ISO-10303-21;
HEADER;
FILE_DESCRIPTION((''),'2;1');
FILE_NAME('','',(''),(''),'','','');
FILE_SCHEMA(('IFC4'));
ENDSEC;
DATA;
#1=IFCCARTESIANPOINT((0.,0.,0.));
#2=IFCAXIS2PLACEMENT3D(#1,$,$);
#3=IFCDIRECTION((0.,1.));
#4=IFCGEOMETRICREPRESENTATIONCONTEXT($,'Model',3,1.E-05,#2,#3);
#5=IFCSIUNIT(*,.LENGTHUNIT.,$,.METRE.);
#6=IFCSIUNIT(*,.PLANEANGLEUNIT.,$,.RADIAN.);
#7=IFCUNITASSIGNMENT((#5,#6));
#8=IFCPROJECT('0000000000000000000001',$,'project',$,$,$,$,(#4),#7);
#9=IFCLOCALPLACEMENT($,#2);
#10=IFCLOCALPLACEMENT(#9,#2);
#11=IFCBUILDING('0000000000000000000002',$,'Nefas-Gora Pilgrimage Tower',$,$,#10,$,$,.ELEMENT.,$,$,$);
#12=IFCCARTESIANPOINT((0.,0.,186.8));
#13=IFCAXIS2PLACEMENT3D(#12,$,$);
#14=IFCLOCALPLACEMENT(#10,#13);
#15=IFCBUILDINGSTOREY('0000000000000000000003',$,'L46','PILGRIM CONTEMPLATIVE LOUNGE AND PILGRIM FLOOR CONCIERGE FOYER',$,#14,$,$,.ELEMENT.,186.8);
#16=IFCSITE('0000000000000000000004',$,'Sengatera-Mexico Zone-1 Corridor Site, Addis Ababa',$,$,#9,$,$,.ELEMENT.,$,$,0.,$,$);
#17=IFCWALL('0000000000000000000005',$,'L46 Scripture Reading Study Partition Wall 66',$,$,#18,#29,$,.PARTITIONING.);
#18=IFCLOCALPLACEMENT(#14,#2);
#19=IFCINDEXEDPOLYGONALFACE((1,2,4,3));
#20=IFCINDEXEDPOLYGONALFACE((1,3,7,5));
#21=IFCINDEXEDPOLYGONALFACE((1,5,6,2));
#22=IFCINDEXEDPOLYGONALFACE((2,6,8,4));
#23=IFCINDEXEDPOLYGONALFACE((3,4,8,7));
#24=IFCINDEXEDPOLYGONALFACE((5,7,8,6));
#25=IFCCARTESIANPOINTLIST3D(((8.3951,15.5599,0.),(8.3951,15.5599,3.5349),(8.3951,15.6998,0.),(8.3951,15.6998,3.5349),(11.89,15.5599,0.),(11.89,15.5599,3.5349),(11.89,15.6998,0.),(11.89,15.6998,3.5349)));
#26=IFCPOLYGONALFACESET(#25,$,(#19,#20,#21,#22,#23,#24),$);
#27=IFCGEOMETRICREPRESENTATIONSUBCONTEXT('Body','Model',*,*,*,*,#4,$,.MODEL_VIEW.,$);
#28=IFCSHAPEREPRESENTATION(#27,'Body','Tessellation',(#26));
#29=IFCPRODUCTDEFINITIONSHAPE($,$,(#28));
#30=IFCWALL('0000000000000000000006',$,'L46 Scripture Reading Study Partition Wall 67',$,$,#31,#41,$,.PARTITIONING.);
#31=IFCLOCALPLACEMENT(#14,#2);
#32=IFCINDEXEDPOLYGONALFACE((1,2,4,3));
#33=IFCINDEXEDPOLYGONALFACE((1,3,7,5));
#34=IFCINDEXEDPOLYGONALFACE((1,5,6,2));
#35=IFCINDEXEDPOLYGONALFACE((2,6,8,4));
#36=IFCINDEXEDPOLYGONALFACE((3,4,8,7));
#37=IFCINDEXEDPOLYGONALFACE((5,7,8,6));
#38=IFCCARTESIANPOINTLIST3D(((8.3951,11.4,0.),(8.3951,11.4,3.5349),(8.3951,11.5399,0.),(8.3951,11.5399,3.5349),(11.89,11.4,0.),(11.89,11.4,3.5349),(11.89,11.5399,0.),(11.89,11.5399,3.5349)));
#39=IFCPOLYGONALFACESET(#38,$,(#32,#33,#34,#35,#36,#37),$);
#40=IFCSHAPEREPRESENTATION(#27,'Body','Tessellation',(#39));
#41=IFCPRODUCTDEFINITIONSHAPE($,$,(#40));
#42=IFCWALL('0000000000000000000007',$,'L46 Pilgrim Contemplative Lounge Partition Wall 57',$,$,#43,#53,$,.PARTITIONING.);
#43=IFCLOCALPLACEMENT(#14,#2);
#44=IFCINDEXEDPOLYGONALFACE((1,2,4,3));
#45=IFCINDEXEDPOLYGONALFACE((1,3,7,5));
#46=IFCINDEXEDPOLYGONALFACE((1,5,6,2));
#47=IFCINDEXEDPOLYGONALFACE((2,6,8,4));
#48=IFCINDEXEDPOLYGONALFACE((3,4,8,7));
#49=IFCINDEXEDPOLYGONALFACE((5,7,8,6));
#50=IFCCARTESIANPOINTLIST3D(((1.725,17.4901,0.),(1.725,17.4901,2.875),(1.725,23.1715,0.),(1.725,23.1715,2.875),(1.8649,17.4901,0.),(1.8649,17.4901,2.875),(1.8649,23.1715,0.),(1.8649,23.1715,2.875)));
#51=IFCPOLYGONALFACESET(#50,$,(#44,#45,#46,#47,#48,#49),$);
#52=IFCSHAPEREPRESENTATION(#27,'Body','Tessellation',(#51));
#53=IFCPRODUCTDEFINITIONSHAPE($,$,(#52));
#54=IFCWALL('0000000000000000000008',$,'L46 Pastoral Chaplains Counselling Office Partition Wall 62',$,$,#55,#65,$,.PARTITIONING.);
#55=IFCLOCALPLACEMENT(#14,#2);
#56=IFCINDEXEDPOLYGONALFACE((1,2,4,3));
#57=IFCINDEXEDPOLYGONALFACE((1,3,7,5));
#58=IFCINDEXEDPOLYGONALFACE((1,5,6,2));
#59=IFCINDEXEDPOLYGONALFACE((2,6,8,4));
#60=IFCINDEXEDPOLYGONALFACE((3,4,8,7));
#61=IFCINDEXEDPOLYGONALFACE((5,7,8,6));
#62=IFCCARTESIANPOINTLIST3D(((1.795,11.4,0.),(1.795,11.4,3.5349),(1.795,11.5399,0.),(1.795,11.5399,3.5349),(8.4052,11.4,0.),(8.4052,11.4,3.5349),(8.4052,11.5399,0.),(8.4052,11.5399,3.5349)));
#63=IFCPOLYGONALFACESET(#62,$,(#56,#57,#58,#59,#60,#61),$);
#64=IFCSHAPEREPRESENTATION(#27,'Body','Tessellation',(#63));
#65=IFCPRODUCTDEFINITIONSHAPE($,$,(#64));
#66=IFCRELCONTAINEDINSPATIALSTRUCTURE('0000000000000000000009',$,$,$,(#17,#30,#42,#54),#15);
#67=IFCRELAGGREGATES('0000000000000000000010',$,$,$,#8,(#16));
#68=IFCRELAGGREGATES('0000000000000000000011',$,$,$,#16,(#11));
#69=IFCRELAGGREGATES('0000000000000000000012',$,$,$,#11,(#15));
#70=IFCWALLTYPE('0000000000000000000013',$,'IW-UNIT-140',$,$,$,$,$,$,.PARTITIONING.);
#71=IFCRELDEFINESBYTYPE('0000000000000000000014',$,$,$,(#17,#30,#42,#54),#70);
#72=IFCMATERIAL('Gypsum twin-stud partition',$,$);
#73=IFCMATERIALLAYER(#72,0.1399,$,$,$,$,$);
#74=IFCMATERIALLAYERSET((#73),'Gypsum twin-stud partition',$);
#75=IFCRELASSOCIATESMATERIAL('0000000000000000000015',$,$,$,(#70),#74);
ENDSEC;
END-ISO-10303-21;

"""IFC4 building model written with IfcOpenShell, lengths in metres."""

from ifc_helpers import new_model, si_unit, direction, frame, frame_2d, origin, place, context, subcontext, project, spatial, rectangle, extrude, source, transform, mapped, material, layer, layer_set, type_object, element, save


model = new_model("IFC4")

# Units and contexts
model_context = context("Model", 3, precision=1e-05, world=origin(), true_north=direction((0.0, 1.0)))
body_context = subcontext(model_context, "Body", "Model", "MODEL_VIEW")
ifc_project = project(units=[si_unit("LENGTHUNIT", "METRE"), si_unit("PLANEANGLEUNIT", "RADIAN")], contexts=[model_context])

# Site, building, storey
site_placement = place(None, origin())
site = spatial("IfcSite", under=ifc_project, at=site_placement, Name="Sengatera-Mexico Zone-1 Corridor Site, Addis Ababa", CompositionType="ELEMENT", RefElevation=0.0)
building_placement = place(site_placement, origin())
building = spatial("IfcBuilding", under=site, at=building_placement, Name="Nefas-Gora Pilgrimage Tower", CompositionType="ELEMENT")
storey_placement = place(building_placement, frame((0.0, 0.0, 186.8)))
storey = spatial("IfcBuildingStorey", under=building, at=storey_placement, Name="L46", Description="PILGRIM CONTEMPLATIVE LOUNGE AND PILGRIM FLOOR CONCIERGE FOYER", CompositionType="ELEMENT", Elevation=186.8)

# Shared definitions
ifc_material_1 = material(Name="Gypsum twin-stud partition")
ifc_layer_1 = layer(ifc_material_1, 0.1399)
ifc_layer_set_1 = layer_set([ifc_layer_1], Name="Gypsum twin-stud partition")
wall_type_1 = type_object("IfcWallType", Name="IW-UNIT-140", PredefinedType="PARTITIONING", material=ifc_layer_set_1)

# Walls
shared_shape_1 = source(origin(), body_context, "Body", "SweptSolid", [
    extrude(rectangle(XDim=3.4949, YDim=0.1399, at=frame_2d((1.7476, 0.0))), origin(), (0.0, 0.0, 1.0), 3.5349),
])
for number, where, z_axis, x_axis, name in (
    (1, (8.395, 15.6299, 0.0), (0.0, 0.0, 1.0), (1.0, 0.0, 0.0), "L46 Scripture Reading Study Partition Wall 66"),
    (2, (8.395, 11.47, 0.0), (0.0, 0.0, 1.0), (1.0, 0.0, 0.0), "L46 Scripture Reading Study Partition Wall 67"),
):
    element("IfcWall", number, at=place(storey_placement, frame(where, z_axis=z_axis, x_axis=x_axis)), inside=storey, type_object=wall_type_1, Name=name, PredefinedType="PARTITIONING", context=body_context, shape_type="MappedRepresentation", body=[
        mapped(shared_shape_1, transform((0.0, 0.0, 0.0), x_axis=(1.0, 0.0, 0.0), y_axis=(0.0, 1.0, 0.0), z_axis=(0.0, 0.0, 1.0), scale=1.0)),
    ])
shared_shape_2 = source(origin(), body_context, "Body", "SweptSolid", [
    extrude(rectangle(XDim=5.6814, YDim=0.1399, at=frame_2d((2.8408, 0.0))), origin(), (0.0, 0.0, 1.0), 2.875),
])
wall_1_placement = place(storey_placement, frame((1.7949, 17.49, 0.0), z_axis=(0.0, 0.0, 1.0), x_axis=(0.0, 1.0, 0.0)))
element("IfcWall", 3, at=wall_1_placement, inside=storey, type_object=wall_type_1, Name="L46 Pilgrim Contemplative Lounge Partition Wall 57", PredefinedType="PARTITIONING", context=body_context, shape_type="MappedRepresentation", body=[
    mapped(shared_shape_2, transform((0.0, 0.0, 0.0), x_axis=(1.0, 0.0, 0.0), y_axis=(0.0, 1.0, 0.0), z_axis=(0.0, 0.0, 1.0), scale=1.0)),
])
shared_shape_3 = source(origin(), body_context, "Body", "SweptSolid", [
    extrude(rectangle(XDim=6.6101, YDim=0.1399, at=frame_2d((3.3052, 0.0))), origin(), (0.0, 0.0, 1.0), 3.5349),
])
wall_2_placement = place(storey_placement, frame((1.7949, 11.47, 0.0), z_axis=(0.0, 0.0, 1.0), x_axis=(1.0, 0.0, 0.0)))
element("IfcWall", 4, at=wall_2_placement, inside=storey, type_object=wall_type_1, Name="L46 Pastoral Chaplains Counselling Office Partition Wall 62", PredefinedType="PARTITIONING", context=body_context, shape_type="MappedRepresentation", body=[
    mapped(shared_shape_3, transform((0.0, 0.0, 0.0), x_axis=(1.0, 0.0, 0.0), y_axis=(0.0, 1.0, 0.0), z_axis=(0.0, 0.0, 1.0), scale=1.0)),
])

save(model, "model.ifc")
